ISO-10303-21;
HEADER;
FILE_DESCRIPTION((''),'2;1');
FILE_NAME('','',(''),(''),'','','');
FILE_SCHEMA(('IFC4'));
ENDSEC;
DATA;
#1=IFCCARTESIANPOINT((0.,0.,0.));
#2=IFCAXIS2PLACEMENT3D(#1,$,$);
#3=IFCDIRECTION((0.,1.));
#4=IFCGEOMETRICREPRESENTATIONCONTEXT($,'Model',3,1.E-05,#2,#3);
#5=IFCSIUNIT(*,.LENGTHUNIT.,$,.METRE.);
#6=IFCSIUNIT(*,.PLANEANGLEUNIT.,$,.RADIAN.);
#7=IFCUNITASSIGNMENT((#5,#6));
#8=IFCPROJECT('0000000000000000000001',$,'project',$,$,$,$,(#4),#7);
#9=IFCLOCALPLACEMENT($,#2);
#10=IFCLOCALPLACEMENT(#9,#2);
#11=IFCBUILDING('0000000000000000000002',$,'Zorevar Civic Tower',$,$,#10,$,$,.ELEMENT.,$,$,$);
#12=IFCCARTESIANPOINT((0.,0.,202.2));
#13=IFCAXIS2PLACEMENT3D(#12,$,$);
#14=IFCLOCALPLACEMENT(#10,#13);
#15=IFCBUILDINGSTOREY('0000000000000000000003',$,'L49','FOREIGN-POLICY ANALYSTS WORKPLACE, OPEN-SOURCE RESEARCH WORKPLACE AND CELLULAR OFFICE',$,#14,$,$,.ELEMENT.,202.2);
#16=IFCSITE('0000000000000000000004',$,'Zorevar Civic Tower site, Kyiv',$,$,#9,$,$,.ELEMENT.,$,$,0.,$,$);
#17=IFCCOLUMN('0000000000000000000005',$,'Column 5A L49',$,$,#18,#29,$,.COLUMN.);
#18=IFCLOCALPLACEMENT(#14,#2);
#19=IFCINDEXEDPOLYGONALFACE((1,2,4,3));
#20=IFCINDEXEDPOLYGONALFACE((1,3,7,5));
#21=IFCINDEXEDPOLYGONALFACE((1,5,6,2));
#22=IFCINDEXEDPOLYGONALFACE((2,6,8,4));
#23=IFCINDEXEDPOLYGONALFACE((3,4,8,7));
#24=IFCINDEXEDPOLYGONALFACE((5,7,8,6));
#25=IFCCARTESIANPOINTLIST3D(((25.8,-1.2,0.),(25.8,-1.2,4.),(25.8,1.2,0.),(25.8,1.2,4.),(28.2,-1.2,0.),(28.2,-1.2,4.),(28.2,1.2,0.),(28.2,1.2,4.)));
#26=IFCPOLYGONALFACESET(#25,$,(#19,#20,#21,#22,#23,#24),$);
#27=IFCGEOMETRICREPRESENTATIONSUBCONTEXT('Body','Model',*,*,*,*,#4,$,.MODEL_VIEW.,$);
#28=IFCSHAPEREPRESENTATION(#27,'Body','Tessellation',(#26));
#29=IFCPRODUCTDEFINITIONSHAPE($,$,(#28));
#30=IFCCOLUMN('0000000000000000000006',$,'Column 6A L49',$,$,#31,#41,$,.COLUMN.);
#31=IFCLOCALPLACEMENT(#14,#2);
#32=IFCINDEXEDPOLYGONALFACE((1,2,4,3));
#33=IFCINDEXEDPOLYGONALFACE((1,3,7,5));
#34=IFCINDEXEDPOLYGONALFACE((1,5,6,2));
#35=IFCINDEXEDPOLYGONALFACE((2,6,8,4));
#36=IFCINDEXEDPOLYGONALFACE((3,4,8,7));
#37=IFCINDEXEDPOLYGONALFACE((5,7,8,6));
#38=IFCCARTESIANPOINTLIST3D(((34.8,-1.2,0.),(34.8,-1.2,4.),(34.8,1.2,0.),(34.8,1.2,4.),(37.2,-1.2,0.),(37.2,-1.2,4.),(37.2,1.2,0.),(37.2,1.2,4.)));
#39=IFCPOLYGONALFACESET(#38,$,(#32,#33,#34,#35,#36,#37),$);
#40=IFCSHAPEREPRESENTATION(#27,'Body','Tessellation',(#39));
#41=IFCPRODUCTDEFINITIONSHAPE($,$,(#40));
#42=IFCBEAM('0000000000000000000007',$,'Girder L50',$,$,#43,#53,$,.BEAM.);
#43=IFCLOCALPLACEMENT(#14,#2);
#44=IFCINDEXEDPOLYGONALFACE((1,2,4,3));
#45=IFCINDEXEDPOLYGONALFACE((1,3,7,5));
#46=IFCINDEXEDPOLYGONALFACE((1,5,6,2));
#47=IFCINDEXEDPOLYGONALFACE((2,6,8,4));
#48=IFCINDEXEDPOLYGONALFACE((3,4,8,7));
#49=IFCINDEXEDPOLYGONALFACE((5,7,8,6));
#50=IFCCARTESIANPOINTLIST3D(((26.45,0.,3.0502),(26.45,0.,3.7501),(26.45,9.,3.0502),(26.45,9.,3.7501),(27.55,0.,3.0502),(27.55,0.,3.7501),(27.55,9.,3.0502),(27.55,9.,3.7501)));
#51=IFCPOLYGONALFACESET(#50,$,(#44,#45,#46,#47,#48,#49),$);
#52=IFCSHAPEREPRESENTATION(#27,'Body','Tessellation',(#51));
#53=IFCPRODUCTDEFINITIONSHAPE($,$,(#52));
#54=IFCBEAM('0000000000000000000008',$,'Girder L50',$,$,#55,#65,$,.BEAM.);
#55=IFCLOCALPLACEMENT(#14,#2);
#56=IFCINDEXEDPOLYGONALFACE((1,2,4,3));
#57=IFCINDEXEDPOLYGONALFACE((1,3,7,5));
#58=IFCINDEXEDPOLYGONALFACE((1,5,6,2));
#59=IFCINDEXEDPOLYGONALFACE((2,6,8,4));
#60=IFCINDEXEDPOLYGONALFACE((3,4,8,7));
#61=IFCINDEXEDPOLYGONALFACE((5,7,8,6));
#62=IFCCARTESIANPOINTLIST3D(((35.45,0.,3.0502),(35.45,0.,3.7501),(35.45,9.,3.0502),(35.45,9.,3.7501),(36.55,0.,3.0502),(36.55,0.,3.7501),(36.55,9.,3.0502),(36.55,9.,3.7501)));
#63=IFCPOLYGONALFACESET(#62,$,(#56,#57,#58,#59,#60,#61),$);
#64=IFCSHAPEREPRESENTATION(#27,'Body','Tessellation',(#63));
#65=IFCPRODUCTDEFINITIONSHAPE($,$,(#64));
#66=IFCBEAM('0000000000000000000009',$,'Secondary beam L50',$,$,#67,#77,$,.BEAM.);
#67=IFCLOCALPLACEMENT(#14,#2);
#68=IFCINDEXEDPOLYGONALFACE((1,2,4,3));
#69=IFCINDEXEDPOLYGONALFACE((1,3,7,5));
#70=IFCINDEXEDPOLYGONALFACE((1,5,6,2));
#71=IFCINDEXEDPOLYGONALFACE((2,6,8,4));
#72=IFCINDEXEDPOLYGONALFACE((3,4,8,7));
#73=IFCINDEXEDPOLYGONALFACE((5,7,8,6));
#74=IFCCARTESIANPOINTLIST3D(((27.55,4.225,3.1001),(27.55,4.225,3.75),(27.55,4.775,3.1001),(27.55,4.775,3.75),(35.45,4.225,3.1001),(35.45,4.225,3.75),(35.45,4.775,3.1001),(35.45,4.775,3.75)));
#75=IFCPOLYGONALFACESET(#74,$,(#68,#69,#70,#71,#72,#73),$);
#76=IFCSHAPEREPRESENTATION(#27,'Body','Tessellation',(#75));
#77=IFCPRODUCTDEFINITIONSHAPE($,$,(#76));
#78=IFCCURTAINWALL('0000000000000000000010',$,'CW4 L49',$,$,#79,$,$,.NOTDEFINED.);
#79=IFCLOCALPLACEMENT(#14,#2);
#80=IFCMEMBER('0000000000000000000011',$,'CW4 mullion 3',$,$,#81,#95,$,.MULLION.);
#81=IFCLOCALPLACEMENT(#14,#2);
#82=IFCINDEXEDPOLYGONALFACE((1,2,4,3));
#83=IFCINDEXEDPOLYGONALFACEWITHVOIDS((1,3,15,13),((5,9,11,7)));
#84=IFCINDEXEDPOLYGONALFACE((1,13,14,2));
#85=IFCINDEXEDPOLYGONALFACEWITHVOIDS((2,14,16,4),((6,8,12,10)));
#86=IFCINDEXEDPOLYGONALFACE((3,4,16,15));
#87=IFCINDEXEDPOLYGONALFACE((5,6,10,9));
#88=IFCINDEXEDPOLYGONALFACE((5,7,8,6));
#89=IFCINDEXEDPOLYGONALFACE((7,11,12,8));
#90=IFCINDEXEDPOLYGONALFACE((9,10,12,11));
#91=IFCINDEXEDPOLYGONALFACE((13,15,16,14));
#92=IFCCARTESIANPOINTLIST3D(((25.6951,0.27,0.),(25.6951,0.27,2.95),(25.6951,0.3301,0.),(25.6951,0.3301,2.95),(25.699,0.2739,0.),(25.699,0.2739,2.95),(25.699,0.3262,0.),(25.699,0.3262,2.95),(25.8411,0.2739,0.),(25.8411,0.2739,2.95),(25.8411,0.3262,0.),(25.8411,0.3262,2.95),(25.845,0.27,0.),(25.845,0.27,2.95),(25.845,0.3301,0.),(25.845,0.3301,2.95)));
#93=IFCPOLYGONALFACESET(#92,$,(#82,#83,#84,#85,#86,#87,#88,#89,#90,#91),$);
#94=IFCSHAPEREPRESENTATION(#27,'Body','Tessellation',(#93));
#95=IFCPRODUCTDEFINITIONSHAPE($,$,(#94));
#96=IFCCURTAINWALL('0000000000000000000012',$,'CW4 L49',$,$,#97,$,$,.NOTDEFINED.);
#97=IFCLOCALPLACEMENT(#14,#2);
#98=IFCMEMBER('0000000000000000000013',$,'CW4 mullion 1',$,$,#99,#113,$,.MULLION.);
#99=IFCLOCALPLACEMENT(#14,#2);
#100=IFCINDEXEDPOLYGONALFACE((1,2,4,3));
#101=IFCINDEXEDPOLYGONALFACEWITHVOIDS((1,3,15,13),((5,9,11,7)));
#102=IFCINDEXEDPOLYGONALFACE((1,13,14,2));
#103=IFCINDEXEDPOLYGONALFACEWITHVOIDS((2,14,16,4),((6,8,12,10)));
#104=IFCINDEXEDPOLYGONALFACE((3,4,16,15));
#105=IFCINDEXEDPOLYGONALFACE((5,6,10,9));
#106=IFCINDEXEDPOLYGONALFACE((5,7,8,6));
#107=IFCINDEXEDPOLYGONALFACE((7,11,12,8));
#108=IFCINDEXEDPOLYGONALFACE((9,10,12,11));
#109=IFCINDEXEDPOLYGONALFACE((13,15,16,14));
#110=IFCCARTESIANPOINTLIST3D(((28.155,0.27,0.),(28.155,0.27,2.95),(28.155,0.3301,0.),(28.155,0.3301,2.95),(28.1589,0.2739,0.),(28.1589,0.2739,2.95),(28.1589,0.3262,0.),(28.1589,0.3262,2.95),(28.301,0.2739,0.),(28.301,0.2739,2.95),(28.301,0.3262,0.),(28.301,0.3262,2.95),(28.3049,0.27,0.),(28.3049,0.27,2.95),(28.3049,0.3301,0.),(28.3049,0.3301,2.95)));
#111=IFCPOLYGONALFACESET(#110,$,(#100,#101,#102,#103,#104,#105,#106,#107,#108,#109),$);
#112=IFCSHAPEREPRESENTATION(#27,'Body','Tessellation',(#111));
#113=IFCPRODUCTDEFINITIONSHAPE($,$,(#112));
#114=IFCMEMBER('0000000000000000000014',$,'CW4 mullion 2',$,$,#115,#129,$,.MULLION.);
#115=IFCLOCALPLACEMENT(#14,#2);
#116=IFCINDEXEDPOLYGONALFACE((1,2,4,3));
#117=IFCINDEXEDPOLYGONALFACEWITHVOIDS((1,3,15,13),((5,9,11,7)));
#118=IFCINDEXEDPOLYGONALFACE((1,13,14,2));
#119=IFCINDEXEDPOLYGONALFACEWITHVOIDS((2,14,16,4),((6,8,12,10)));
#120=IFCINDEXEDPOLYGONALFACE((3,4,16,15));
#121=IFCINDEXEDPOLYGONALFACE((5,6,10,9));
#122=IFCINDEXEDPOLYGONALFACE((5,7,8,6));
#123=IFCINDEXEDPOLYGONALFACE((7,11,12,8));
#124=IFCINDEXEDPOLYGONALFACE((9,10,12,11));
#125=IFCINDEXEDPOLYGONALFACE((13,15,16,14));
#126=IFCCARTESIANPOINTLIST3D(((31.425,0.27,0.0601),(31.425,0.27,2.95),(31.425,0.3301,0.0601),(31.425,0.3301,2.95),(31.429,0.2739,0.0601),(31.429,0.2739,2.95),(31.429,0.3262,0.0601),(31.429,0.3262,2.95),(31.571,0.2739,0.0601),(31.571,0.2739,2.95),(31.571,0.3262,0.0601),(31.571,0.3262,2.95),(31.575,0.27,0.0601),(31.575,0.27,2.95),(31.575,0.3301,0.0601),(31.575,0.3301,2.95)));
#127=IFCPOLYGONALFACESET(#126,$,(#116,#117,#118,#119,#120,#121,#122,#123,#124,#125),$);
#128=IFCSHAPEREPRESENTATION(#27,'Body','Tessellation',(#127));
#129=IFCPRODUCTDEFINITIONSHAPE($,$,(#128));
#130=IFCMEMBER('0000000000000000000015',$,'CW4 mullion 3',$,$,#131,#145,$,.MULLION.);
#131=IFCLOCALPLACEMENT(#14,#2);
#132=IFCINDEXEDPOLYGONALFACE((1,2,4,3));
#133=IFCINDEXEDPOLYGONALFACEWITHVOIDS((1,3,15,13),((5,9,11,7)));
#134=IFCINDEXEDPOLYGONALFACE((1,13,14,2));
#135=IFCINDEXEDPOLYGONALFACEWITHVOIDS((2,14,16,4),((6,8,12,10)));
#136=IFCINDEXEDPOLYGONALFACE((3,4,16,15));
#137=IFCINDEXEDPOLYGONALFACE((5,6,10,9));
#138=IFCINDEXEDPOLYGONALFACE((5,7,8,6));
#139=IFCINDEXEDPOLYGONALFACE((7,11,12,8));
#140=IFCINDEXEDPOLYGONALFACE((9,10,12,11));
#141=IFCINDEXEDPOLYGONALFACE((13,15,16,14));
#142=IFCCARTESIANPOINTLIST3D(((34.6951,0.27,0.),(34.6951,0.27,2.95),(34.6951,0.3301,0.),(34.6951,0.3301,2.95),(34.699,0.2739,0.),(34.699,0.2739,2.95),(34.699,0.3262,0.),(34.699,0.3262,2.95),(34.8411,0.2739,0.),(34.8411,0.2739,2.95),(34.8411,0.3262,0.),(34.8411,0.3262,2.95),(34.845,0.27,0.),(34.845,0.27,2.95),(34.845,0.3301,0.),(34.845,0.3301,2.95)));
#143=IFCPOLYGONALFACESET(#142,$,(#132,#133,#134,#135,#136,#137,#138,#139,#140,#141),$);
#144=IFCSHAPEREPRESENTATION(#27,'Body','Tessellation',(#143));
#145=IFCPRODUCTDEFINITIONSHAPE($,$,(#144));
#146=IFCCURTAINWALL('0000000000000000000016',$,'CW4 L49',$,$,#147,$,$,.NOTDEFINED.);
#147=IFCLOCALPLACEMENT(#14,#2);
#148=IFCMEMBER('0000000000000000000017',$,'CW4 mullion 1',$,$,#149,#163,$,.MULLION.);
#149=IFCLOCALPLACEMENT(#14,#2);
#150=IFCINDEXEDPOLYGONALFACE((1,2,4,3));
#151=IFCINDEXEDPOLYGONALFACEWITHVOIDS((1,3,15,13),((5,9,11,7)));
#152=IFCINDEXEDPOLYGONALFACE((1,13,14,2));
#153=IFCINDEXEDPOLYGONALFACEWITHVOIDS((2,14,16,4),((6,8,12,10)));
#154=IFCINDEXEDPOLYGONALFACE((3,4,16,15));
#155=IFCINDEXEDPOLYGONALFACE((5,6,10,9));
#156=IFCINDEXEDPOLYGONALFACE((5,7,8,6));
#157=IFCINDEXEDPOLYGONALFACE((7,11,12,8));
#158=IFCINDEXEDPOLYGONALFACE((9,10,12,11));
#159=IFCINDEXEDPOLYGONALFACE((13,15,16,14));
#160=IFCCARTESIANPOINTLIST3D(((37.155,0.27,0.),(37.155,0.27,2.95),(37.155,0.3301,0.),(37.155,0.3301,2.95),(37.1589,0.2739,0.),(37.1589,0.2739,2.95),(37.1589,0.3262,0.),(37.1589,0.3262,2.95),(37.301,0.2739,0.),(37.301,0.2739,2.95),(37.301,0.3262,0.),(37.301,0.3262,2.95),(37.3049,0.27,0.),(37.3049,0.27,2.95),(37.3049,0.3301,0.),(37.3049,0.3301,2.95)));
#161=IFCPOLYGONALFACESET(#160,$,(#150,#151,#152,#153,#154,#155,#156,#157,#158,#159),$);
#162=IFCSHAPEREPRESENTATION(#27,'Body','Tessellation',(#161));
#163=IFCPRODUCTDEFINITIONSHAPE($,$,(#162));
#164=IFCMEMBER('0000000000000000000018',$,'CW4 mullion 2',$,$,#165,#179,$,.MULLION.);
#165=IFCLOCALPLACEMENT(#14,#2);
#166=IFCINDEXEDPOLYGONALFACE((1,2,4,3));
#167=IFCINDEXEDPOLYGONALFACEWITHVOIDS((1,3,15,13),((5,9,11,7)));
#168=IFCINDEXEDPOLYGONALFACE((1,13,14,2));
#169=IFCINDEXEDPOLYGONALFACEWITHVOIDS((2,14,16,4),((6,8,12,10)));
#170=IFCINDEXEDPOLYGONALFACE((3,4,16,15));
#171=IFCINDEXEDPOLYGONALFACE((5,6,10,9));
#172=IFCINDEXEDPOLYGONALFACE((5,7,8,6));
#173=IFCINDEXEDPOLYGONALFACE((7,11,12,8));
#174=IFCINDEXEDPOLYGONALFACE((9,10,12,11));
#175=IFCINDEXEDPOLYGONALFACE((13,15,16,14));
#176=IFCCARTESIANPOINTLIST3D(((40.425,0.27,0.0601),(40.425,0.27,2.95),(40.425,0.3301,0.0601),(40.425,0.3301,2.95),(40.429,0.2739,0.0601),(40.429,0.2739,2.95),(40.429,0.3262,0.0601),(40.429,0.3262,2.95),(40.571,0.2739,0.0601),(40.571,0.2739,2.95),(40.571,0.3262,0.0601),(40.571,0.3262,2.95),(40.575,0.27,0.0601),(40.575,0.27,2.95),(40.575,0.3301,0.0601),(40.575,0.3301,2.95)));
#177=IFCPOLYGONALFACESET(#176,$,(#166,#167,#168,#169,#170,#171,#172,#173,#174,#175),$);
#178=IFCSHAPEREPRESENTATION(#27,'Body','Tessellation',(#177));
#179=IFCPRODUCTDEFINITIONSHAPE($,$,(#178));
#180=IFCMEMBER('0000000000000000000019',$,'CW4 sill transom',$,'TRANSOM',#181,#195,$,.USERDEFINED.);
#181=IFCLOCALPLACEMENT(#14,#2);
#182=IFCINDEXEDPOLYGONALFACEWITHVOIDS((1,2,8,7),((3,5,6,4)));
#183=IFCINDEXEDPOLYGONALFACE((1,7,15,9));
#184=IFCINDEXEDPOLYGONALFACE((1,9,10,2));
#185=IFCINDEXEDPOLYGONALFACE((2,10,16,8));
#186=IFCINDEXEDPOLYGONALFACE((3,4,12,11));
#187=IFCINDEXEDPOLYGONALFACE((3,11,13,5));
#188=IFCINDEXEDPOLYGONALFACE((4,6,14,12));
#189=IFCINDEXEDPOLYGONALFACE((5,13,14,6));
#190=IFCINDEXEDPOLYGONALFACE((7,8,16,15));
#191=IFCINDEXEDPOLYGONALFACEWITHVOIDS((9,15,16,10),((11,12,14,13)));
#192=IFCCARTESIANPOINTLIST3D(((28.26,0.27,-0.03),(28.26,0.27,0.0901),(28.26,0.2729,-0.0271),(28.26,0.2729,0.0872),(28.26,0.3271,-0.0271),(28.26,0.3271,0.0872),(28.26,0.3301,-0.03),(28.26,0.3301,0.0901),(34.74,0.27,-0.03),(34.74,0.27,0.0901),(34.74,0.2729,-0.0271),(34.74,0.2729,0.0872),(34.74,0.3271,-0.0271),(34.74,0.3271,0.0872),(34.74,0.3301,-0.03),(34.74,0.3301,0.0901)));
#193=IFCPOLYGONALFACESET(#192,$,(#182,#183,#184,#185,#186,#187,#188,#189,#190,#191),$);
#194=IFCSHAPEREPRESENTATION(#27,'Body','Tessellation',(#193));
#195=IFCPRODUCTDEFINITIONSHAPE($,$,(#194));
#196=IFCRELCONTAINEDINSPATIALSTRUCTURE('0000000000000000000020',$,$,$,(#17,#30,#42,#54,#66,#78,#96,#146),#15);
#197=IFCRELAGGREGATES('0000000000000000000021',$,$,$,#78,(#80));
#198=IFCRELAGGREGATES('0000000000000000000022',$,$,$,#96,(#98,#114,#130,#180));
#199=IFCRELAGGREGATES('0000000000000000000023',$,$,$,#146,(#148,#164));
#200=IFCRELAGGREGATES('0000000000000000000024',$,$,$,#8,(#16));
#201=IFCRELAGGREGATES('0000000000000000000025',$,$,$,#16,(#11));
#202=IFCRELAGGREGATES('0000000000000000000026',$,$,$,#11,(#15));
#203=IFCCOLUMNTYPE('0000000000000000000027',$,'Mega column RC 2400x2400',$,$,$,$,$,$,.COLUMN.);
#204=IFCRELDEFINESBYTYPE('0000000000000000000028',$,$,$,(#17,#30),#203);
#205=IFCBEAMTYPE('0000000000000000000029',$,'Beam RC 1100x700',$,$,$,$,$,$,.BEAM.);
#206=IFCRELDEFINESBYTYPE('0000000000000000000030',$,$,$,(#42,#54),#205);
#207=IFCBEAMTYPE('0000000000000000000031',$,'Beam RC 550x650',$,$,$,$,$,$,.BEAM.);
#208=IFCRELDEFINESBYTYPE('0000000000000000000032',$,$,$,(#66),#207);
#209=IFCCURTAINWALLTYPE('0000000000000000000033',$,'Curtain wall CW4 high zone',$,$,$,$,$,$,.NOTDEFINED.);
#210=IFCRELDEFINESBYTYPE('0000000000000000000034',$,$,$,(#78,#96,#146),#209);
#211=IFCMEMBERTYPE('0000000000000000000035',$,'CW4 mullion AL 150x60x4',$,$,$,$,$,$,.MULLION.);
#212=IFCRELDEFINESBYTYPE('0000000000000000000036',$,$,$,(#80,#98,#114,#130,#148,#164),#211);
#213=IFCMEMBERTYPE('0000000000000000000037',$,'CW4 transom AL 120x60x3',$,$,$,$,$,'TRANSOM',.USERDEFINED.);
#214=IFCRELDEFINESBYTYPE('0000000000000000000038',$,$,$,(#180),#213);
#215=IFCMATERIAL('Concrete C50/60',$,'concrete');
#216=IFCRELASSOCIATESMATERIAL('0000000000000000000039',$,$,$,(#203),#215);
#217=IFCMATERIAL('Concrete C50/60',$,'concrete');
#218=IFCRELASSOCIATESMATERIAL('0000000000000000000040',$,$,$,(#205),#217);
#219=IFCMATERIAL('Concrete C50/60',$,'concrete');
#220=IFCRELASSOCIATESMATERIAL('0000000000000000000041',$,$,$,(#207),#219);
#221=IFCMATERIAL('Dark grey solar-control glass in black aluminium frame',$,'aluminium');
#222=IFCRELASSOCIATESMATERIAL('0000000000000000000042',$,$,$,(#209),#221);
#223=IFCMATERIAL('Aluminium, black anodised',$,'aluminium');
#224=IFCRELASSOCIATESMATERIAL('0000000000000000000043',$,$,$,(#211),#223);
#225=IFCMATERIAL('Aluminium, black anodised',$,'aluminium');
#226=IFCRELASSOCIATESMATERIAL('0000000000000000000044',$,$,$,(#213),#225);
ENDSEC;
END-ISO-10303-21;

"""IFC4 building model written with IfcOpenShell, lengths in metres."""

from ifc_helpers import new_model, si_unit, direction, frame, origin, origin_2d, place, context, subcontext, project, spatial, rectangle, hollow_rectangle, extrude, material, material_profile, profile_set, type_object, element, aggregate, save


model = new_model("IFC4")

# Units and contexts
model_context = context("Model", 3, precision=1e-05, world=origin(), true_north=direction((0.0, 1.0)))
body_context = subcontext(model_context, "Body", "Model", "MODEL_VIEW")
ifc_project = project(units=[si_unit("LENGTHUNIT", "METRE"), si_unit("PLANEANGLEUNIT", "RADIAN")], contexts=[model_context])

# Site, building, storey
site_placement = place(None, origin())
site = spatial("IfcSite", under=ifc_project, at=site_placement, Name="Zorevar Civic Tower site, Kyiv", CompositionType="ELEMENT", RefElevation=0.0)
building_placement = place(site_placement, origin())
building = spatial("IfcBuilding", under=site, at=building_placement, Name="Zorevar Civic Tower", CompositionType="ELEMENT")
storey_placement = place(building_placement, frame((0.0, 0.0, 202.2)))
storey = spatial("IfcBuildingStorey", under=building, at=storey_placement, Name="L49", Description="FOREIGN-POLICY ANALYSTS WORKPLACE, OPEN-SOURCE RESEARCH WORKPLACE AND CELLULAR OFFICE", CompositionType="ELEMENT", Elevation=202.2)

# Columns
ifc_material_1 = material(Name="Concrete C50/60", Category="concrete")
ifc_material_profile_1 = material_profile(ifc_material_1, rectangle(XDim=2.3999, YDim=2.3999, at=origin_2d()), Name="RC 2400x2400")
ifc_profile_set_1 = profile_set([ifc_material_profile_1], Name="Concrete C50/60")
column_type = type_object("IfcColumnType", Name="Mega column RC 2400x2400", PredefinedType="COLUMN", material=ifc_profile_set_1)
for number, where, z_axis, x_axis, name in (
    (1, (27.0, 0.0, 0.0), (0.0, 0.0, 1.0), (1.0, 0.0, 0.0), "Column 5A L49"),
    (2, (36.0, 0.0, 0.0), (0.0, 0.0, 1.0), (1.0, 0.0, 0.0), "Column 6A L49"),
):
    element("IfcColumn", number, at=place(storey_placement, frame(where, z_axis=z_axis, x_axis=x_axis)), inside=storey, type_object=column_type, Name=name, PredefinedType="COLUMN", context=body_context, shape_type="SweptSolid", body=[
        extrude(rectangle(XDim=2.3999, YDim=2.3999, at=origin_2d()), origin(), (0.0, 0.0, 1.0), 4.0),
    ])

# Beams
ifc_material_2 = material(Name="Concrete C50/60", Category="concrete")
ifc_material_profile_2 = material_profile(ifc_material_2, rectangle(XDim=1.1001, YDim=0.7, at=origin_2d()), Name="RC 1100x700")
ifc_profile_set_2 = profile_set([ifc_material_profile_2], Name="Concrete C50/60")
beam_type_1 = type_object("IfcBeamType", Name="Beam RC 1100x700", PredefinedType="BEAM", material=ifc_profile_set_2)
for number, where, z_axis, x_axis, name in (
    (3, (27.0, 0.0, 3.4001), (0.0, 1.0, 0.0), (-1.0, 0.0, 0.0), "Girder L50"),
    (4, (36.0, 0.0, 3.4001), (0.0, 1.0, 0.0), (-1.0, 0.0, 0.0), "Girder L50"),
):
    element("IfcBeam", number, at=place(storey_placement, frame(where, z_axis=z_axis, x_axis=x_axis)), inside=storey, type_object=beam_type_1, Name=name, PredefinedType="BEAM", context=body_context, shape_type="SweptSolid", body=[
        extrude(rectangle(XDim=1.1001, YDim=0.7, at=origin_2d()), origin(), (0.0, 0.0, 1.0), 9.0),
    ])
ifc_material_3 = material(Name="Concrete C50/60", Category="concrete")
ifc_material_profile_3 = material_profile(ifc_material_3, rectangle(XDim=0.55, YDim=0.6499, at=origin_2d()), Name="RC 550x650")
ifc_profile_set_3 = profile_set([ifc_material_profile_3], Name="Concrete C50/60")
beam_type_2 = type_object("IfcBeamType", Name="Beam RC 550x650", PredefinedType="BEAM", material=ifc_profile_set_3)
beam_placement = place(storey_placement, frame((27.55, 4.5, 3.425), z_axis=(1.0, 0.0, 0.0), x_axis=(0.0, 1.0, 0.0)))
element("IfcBeam", 5, at=beam_placement, inside=storey, type_object=beam_type_2, Name="Secondary beam L50", PredefinedType="BEAM", context=body_context, shape_type="SweptSolid", body=[
    extrude(rectangle(XDim=0.55, YDim=0.6499, at=origin_2d()), origin(), (0.0, 0.0, 1.0), 7.8999),
])

# Curtain wall, member
ifc_material_4 = material(Name="Dark grey solar-control glass in black aluminium frame", Category="aluminium")
curtain_wall_type = type_object("IfcCurtainWallType", Name="Curtain wall CW4 high zone", PredefinedType="NOTDEFINED", material=ifc_material_4)
curtain_wall_1_placement = place(storey_placement, origin())
curtain_wall_1 = element("IfcCurtainWall", 6, at=curtain_wall_1_placement, inside=storey, type_object=curtain_wall_type, Name="CW4 L49", PredefinedType="NOTDEFINED")
ifc_material_5 = material(Name="Aluminium, black anodised", Category="aluminium")
ifc_material_profile_4 = material_profile(ifc_material_5, hollow_rectangle(XDim=0.0601, YDim=0.1499, WallThickness=0.0039, at=origin_2d()), Name="AL 150x60x4")
ifc_profile_set_4 = profile_set([ifc_material_profile_4], Name="Aluminium, black anodised")
member_type_1 = type_object("IfcMemberType", Name="CW4 mullion AL 150x60x4", PredefinedType="MULLION", material=ifc_profile_set_4)
member_1_placement = place(storey_placement, frame((25.77, 0.3, 0.0), z_axis=(0.0, 0.0, 1.0), x_axis=(0.0, 1.0, 0.0)))
member_1 = element("IfcMember", 7, at=member_1_placement, type_object=member_type_1, Name="CW4 mullion 3", PredefinedType="MULLION", context=body_context, shape_type="SweptSolid", body=[
    extrude(hollow_rectangle(XDim=0.0601, YDim=0.1499, WallThickness=0.0039, at=origin_2d()), origin(), (0.0, 0.0, 1.0), 2.95),
])

# Curtain walls, members
curtain_wall_2_placement = place(storey_placement, origin())
curtain_wall_2 = element("IfcCurtainWall", 8, at=curtain_wall_2_placement, inside=storey, type_object=curtain_wall_type, Name="CW4 L49", PredefinedType="NOTDEFINED")
member_2_placement = place(storey_placement, frame((28.23, 0.3, 0.0), z_axis=(0.0, 0.0, 1.0), x_axis=(0.0, 1.0, 0.0)))
member_2 = element("IfcMember", 9, at=member_2_placement, type_object=member_type_1, Name="CW4 mullion 1", PredefinedType="MULLION", context=body_context, shape_type="SweptSolid", body=[
    extrude(hollow_rectangle(XDim=0.0601, YDim=0.1499, WallThickness=0.0039, at=origin_2d()), origin(), (0.0, 0.0, 1.0), 2.95),
])
member_3_placement = place(storey_placement, frame((31.5, 0.3, 0.0601), z_axis=(0.0, 0.0, 1.0), x_axis=(0.0, 1.0, 0.0)))
member_3 = element("IfcMember", 10, at=member_3_placement, type_object=member_type_1, Name="CW4 mullion 2", PredefinedType="MULLION", context=body_context, shape_type="SweptSolid", body=[
    extrude(hollow_rectangle(XDim=0.0601, YDim=0.1499, WallThickness=0.0039, at=origin_2d()), origin(), (0.0, 0.0, 1.0), 2.8899),
])
member_4_placement = place(storey_placement, frame((34.77, 0.3, 0.0), z_axis=(0.0, 0.0, 1.0), x_axis=(0.0, 1.0, 0.0)))
member_4 = element("IfcMember", 11, at=member_4_placement, type_object=member_type_1, Name="CW4 mullion 3", PredefinedType="MULLION", context=body_context, shape_type="SweptSolid", body=[
    extrude(hollow_rectangle(XDim=0.0601, YDim=0.1499, WallThickness=0.0039, at=origin_2d()), origin(), (0.0, 0.0, 1.0), 2.95),
])
curtain_wall_3_placement = place(storey_placement, origin())
curtain_wall_3 = element("IfcCurtainWall", 12, at=curtain_wall_3_placement, inside=storey, type_object=curtain_wall_type, Name="CW4 L49", PredefinedType="NOTDEFINED")
member_5_placement = place(storey_placement, frame((37.23, 0.3, 0.0), z_axis=(0.0, 0.0, 1.0), x_axis=(0.0, 1.0, 0.0)))
member_5 = element("IfcMember", 13, at=member_5_placement, type_object=member_type_1, Name="CW4 mullion 1", PredefinedType="MULLION", context=body_context, shape_type="SweptSolid", body=[
    extrude(hollow_rectangle(XDim=0.0601, YDim=0.1499, WallThickness=0.0039, at=origin_2d()), origin(), (0.0, 0.0, 1.0), 2.95),
])
member_6_placement = place(storey_placement, frame((40.5, 0.3, 0.0601), z_axis=(0.0, 0.0, 1.0), x_axis=(0.0, 1.0, 0.0)))
member_6 = element("IfcMember", 14, at=member_6_placement, type_object=member_type_1, Name="CW4 mullion 2", PredefinedType="MULLION", context=body_context, shape_type="SweptSolid", body=[
    extrude(hollow_rectangle(XDim=0.0601, YDim=0.1499, WallThickness=0.0039, at=origin_2d()), origin(), (0.0, 0.0, 1.0), 2.8899),
])

# Member
ifc_material_6 = material(Name="Aluminium, black anodised", Category="aluminium")
ifc_material_profile_5 = material_profile(ifc_material_6, hollow_rectangle(XDim=0.0601, YDim=0.1201, WallThickness=0.0029, at=origin_2d()), Name="AL 120x60x3")
ifc_profile_set_5 = profile_set([ifc_material_profile_5], Name="Aluminium, black anodised")
member_type_2 = type_object("IfcMemberType", Name="CW4 transom AL 120x60x3", ElementType="TRANSOM", PredefinedType="USERDEFINED", material=ifc_profile_set_5)
member_7_placement = place(storey_placement, frame((28.26, 0.3, 0.03), z_axis=(1.0, 0.0, 0.0), x_axis=(0.0, 1.0, 0.0)))
member_7 = element("IfcMember", 15, at=member_7_placement, type_object=member_type_2, Name="CW4 sill transom", ObjectType="TRANSOM", PredefinedType="USERDEFINED", context=body_context, shape_type="SweptSolid", body=[
    extrude(hollow_rectangle(XDim=0.0601, YDim=0.1201, WallThickness=0.0029, at=origin_2d()), origin(), (0.0, 0.0, 1.0), 6.48),
])

aggregate(curtain_wall_1, [member_1])
aggregate(curtain_wall_2, [member_2, member_3, member_4, member_7])
aggregate(curtain_wall_3, [member_5, member_6])

save(model, "model.ifc")
